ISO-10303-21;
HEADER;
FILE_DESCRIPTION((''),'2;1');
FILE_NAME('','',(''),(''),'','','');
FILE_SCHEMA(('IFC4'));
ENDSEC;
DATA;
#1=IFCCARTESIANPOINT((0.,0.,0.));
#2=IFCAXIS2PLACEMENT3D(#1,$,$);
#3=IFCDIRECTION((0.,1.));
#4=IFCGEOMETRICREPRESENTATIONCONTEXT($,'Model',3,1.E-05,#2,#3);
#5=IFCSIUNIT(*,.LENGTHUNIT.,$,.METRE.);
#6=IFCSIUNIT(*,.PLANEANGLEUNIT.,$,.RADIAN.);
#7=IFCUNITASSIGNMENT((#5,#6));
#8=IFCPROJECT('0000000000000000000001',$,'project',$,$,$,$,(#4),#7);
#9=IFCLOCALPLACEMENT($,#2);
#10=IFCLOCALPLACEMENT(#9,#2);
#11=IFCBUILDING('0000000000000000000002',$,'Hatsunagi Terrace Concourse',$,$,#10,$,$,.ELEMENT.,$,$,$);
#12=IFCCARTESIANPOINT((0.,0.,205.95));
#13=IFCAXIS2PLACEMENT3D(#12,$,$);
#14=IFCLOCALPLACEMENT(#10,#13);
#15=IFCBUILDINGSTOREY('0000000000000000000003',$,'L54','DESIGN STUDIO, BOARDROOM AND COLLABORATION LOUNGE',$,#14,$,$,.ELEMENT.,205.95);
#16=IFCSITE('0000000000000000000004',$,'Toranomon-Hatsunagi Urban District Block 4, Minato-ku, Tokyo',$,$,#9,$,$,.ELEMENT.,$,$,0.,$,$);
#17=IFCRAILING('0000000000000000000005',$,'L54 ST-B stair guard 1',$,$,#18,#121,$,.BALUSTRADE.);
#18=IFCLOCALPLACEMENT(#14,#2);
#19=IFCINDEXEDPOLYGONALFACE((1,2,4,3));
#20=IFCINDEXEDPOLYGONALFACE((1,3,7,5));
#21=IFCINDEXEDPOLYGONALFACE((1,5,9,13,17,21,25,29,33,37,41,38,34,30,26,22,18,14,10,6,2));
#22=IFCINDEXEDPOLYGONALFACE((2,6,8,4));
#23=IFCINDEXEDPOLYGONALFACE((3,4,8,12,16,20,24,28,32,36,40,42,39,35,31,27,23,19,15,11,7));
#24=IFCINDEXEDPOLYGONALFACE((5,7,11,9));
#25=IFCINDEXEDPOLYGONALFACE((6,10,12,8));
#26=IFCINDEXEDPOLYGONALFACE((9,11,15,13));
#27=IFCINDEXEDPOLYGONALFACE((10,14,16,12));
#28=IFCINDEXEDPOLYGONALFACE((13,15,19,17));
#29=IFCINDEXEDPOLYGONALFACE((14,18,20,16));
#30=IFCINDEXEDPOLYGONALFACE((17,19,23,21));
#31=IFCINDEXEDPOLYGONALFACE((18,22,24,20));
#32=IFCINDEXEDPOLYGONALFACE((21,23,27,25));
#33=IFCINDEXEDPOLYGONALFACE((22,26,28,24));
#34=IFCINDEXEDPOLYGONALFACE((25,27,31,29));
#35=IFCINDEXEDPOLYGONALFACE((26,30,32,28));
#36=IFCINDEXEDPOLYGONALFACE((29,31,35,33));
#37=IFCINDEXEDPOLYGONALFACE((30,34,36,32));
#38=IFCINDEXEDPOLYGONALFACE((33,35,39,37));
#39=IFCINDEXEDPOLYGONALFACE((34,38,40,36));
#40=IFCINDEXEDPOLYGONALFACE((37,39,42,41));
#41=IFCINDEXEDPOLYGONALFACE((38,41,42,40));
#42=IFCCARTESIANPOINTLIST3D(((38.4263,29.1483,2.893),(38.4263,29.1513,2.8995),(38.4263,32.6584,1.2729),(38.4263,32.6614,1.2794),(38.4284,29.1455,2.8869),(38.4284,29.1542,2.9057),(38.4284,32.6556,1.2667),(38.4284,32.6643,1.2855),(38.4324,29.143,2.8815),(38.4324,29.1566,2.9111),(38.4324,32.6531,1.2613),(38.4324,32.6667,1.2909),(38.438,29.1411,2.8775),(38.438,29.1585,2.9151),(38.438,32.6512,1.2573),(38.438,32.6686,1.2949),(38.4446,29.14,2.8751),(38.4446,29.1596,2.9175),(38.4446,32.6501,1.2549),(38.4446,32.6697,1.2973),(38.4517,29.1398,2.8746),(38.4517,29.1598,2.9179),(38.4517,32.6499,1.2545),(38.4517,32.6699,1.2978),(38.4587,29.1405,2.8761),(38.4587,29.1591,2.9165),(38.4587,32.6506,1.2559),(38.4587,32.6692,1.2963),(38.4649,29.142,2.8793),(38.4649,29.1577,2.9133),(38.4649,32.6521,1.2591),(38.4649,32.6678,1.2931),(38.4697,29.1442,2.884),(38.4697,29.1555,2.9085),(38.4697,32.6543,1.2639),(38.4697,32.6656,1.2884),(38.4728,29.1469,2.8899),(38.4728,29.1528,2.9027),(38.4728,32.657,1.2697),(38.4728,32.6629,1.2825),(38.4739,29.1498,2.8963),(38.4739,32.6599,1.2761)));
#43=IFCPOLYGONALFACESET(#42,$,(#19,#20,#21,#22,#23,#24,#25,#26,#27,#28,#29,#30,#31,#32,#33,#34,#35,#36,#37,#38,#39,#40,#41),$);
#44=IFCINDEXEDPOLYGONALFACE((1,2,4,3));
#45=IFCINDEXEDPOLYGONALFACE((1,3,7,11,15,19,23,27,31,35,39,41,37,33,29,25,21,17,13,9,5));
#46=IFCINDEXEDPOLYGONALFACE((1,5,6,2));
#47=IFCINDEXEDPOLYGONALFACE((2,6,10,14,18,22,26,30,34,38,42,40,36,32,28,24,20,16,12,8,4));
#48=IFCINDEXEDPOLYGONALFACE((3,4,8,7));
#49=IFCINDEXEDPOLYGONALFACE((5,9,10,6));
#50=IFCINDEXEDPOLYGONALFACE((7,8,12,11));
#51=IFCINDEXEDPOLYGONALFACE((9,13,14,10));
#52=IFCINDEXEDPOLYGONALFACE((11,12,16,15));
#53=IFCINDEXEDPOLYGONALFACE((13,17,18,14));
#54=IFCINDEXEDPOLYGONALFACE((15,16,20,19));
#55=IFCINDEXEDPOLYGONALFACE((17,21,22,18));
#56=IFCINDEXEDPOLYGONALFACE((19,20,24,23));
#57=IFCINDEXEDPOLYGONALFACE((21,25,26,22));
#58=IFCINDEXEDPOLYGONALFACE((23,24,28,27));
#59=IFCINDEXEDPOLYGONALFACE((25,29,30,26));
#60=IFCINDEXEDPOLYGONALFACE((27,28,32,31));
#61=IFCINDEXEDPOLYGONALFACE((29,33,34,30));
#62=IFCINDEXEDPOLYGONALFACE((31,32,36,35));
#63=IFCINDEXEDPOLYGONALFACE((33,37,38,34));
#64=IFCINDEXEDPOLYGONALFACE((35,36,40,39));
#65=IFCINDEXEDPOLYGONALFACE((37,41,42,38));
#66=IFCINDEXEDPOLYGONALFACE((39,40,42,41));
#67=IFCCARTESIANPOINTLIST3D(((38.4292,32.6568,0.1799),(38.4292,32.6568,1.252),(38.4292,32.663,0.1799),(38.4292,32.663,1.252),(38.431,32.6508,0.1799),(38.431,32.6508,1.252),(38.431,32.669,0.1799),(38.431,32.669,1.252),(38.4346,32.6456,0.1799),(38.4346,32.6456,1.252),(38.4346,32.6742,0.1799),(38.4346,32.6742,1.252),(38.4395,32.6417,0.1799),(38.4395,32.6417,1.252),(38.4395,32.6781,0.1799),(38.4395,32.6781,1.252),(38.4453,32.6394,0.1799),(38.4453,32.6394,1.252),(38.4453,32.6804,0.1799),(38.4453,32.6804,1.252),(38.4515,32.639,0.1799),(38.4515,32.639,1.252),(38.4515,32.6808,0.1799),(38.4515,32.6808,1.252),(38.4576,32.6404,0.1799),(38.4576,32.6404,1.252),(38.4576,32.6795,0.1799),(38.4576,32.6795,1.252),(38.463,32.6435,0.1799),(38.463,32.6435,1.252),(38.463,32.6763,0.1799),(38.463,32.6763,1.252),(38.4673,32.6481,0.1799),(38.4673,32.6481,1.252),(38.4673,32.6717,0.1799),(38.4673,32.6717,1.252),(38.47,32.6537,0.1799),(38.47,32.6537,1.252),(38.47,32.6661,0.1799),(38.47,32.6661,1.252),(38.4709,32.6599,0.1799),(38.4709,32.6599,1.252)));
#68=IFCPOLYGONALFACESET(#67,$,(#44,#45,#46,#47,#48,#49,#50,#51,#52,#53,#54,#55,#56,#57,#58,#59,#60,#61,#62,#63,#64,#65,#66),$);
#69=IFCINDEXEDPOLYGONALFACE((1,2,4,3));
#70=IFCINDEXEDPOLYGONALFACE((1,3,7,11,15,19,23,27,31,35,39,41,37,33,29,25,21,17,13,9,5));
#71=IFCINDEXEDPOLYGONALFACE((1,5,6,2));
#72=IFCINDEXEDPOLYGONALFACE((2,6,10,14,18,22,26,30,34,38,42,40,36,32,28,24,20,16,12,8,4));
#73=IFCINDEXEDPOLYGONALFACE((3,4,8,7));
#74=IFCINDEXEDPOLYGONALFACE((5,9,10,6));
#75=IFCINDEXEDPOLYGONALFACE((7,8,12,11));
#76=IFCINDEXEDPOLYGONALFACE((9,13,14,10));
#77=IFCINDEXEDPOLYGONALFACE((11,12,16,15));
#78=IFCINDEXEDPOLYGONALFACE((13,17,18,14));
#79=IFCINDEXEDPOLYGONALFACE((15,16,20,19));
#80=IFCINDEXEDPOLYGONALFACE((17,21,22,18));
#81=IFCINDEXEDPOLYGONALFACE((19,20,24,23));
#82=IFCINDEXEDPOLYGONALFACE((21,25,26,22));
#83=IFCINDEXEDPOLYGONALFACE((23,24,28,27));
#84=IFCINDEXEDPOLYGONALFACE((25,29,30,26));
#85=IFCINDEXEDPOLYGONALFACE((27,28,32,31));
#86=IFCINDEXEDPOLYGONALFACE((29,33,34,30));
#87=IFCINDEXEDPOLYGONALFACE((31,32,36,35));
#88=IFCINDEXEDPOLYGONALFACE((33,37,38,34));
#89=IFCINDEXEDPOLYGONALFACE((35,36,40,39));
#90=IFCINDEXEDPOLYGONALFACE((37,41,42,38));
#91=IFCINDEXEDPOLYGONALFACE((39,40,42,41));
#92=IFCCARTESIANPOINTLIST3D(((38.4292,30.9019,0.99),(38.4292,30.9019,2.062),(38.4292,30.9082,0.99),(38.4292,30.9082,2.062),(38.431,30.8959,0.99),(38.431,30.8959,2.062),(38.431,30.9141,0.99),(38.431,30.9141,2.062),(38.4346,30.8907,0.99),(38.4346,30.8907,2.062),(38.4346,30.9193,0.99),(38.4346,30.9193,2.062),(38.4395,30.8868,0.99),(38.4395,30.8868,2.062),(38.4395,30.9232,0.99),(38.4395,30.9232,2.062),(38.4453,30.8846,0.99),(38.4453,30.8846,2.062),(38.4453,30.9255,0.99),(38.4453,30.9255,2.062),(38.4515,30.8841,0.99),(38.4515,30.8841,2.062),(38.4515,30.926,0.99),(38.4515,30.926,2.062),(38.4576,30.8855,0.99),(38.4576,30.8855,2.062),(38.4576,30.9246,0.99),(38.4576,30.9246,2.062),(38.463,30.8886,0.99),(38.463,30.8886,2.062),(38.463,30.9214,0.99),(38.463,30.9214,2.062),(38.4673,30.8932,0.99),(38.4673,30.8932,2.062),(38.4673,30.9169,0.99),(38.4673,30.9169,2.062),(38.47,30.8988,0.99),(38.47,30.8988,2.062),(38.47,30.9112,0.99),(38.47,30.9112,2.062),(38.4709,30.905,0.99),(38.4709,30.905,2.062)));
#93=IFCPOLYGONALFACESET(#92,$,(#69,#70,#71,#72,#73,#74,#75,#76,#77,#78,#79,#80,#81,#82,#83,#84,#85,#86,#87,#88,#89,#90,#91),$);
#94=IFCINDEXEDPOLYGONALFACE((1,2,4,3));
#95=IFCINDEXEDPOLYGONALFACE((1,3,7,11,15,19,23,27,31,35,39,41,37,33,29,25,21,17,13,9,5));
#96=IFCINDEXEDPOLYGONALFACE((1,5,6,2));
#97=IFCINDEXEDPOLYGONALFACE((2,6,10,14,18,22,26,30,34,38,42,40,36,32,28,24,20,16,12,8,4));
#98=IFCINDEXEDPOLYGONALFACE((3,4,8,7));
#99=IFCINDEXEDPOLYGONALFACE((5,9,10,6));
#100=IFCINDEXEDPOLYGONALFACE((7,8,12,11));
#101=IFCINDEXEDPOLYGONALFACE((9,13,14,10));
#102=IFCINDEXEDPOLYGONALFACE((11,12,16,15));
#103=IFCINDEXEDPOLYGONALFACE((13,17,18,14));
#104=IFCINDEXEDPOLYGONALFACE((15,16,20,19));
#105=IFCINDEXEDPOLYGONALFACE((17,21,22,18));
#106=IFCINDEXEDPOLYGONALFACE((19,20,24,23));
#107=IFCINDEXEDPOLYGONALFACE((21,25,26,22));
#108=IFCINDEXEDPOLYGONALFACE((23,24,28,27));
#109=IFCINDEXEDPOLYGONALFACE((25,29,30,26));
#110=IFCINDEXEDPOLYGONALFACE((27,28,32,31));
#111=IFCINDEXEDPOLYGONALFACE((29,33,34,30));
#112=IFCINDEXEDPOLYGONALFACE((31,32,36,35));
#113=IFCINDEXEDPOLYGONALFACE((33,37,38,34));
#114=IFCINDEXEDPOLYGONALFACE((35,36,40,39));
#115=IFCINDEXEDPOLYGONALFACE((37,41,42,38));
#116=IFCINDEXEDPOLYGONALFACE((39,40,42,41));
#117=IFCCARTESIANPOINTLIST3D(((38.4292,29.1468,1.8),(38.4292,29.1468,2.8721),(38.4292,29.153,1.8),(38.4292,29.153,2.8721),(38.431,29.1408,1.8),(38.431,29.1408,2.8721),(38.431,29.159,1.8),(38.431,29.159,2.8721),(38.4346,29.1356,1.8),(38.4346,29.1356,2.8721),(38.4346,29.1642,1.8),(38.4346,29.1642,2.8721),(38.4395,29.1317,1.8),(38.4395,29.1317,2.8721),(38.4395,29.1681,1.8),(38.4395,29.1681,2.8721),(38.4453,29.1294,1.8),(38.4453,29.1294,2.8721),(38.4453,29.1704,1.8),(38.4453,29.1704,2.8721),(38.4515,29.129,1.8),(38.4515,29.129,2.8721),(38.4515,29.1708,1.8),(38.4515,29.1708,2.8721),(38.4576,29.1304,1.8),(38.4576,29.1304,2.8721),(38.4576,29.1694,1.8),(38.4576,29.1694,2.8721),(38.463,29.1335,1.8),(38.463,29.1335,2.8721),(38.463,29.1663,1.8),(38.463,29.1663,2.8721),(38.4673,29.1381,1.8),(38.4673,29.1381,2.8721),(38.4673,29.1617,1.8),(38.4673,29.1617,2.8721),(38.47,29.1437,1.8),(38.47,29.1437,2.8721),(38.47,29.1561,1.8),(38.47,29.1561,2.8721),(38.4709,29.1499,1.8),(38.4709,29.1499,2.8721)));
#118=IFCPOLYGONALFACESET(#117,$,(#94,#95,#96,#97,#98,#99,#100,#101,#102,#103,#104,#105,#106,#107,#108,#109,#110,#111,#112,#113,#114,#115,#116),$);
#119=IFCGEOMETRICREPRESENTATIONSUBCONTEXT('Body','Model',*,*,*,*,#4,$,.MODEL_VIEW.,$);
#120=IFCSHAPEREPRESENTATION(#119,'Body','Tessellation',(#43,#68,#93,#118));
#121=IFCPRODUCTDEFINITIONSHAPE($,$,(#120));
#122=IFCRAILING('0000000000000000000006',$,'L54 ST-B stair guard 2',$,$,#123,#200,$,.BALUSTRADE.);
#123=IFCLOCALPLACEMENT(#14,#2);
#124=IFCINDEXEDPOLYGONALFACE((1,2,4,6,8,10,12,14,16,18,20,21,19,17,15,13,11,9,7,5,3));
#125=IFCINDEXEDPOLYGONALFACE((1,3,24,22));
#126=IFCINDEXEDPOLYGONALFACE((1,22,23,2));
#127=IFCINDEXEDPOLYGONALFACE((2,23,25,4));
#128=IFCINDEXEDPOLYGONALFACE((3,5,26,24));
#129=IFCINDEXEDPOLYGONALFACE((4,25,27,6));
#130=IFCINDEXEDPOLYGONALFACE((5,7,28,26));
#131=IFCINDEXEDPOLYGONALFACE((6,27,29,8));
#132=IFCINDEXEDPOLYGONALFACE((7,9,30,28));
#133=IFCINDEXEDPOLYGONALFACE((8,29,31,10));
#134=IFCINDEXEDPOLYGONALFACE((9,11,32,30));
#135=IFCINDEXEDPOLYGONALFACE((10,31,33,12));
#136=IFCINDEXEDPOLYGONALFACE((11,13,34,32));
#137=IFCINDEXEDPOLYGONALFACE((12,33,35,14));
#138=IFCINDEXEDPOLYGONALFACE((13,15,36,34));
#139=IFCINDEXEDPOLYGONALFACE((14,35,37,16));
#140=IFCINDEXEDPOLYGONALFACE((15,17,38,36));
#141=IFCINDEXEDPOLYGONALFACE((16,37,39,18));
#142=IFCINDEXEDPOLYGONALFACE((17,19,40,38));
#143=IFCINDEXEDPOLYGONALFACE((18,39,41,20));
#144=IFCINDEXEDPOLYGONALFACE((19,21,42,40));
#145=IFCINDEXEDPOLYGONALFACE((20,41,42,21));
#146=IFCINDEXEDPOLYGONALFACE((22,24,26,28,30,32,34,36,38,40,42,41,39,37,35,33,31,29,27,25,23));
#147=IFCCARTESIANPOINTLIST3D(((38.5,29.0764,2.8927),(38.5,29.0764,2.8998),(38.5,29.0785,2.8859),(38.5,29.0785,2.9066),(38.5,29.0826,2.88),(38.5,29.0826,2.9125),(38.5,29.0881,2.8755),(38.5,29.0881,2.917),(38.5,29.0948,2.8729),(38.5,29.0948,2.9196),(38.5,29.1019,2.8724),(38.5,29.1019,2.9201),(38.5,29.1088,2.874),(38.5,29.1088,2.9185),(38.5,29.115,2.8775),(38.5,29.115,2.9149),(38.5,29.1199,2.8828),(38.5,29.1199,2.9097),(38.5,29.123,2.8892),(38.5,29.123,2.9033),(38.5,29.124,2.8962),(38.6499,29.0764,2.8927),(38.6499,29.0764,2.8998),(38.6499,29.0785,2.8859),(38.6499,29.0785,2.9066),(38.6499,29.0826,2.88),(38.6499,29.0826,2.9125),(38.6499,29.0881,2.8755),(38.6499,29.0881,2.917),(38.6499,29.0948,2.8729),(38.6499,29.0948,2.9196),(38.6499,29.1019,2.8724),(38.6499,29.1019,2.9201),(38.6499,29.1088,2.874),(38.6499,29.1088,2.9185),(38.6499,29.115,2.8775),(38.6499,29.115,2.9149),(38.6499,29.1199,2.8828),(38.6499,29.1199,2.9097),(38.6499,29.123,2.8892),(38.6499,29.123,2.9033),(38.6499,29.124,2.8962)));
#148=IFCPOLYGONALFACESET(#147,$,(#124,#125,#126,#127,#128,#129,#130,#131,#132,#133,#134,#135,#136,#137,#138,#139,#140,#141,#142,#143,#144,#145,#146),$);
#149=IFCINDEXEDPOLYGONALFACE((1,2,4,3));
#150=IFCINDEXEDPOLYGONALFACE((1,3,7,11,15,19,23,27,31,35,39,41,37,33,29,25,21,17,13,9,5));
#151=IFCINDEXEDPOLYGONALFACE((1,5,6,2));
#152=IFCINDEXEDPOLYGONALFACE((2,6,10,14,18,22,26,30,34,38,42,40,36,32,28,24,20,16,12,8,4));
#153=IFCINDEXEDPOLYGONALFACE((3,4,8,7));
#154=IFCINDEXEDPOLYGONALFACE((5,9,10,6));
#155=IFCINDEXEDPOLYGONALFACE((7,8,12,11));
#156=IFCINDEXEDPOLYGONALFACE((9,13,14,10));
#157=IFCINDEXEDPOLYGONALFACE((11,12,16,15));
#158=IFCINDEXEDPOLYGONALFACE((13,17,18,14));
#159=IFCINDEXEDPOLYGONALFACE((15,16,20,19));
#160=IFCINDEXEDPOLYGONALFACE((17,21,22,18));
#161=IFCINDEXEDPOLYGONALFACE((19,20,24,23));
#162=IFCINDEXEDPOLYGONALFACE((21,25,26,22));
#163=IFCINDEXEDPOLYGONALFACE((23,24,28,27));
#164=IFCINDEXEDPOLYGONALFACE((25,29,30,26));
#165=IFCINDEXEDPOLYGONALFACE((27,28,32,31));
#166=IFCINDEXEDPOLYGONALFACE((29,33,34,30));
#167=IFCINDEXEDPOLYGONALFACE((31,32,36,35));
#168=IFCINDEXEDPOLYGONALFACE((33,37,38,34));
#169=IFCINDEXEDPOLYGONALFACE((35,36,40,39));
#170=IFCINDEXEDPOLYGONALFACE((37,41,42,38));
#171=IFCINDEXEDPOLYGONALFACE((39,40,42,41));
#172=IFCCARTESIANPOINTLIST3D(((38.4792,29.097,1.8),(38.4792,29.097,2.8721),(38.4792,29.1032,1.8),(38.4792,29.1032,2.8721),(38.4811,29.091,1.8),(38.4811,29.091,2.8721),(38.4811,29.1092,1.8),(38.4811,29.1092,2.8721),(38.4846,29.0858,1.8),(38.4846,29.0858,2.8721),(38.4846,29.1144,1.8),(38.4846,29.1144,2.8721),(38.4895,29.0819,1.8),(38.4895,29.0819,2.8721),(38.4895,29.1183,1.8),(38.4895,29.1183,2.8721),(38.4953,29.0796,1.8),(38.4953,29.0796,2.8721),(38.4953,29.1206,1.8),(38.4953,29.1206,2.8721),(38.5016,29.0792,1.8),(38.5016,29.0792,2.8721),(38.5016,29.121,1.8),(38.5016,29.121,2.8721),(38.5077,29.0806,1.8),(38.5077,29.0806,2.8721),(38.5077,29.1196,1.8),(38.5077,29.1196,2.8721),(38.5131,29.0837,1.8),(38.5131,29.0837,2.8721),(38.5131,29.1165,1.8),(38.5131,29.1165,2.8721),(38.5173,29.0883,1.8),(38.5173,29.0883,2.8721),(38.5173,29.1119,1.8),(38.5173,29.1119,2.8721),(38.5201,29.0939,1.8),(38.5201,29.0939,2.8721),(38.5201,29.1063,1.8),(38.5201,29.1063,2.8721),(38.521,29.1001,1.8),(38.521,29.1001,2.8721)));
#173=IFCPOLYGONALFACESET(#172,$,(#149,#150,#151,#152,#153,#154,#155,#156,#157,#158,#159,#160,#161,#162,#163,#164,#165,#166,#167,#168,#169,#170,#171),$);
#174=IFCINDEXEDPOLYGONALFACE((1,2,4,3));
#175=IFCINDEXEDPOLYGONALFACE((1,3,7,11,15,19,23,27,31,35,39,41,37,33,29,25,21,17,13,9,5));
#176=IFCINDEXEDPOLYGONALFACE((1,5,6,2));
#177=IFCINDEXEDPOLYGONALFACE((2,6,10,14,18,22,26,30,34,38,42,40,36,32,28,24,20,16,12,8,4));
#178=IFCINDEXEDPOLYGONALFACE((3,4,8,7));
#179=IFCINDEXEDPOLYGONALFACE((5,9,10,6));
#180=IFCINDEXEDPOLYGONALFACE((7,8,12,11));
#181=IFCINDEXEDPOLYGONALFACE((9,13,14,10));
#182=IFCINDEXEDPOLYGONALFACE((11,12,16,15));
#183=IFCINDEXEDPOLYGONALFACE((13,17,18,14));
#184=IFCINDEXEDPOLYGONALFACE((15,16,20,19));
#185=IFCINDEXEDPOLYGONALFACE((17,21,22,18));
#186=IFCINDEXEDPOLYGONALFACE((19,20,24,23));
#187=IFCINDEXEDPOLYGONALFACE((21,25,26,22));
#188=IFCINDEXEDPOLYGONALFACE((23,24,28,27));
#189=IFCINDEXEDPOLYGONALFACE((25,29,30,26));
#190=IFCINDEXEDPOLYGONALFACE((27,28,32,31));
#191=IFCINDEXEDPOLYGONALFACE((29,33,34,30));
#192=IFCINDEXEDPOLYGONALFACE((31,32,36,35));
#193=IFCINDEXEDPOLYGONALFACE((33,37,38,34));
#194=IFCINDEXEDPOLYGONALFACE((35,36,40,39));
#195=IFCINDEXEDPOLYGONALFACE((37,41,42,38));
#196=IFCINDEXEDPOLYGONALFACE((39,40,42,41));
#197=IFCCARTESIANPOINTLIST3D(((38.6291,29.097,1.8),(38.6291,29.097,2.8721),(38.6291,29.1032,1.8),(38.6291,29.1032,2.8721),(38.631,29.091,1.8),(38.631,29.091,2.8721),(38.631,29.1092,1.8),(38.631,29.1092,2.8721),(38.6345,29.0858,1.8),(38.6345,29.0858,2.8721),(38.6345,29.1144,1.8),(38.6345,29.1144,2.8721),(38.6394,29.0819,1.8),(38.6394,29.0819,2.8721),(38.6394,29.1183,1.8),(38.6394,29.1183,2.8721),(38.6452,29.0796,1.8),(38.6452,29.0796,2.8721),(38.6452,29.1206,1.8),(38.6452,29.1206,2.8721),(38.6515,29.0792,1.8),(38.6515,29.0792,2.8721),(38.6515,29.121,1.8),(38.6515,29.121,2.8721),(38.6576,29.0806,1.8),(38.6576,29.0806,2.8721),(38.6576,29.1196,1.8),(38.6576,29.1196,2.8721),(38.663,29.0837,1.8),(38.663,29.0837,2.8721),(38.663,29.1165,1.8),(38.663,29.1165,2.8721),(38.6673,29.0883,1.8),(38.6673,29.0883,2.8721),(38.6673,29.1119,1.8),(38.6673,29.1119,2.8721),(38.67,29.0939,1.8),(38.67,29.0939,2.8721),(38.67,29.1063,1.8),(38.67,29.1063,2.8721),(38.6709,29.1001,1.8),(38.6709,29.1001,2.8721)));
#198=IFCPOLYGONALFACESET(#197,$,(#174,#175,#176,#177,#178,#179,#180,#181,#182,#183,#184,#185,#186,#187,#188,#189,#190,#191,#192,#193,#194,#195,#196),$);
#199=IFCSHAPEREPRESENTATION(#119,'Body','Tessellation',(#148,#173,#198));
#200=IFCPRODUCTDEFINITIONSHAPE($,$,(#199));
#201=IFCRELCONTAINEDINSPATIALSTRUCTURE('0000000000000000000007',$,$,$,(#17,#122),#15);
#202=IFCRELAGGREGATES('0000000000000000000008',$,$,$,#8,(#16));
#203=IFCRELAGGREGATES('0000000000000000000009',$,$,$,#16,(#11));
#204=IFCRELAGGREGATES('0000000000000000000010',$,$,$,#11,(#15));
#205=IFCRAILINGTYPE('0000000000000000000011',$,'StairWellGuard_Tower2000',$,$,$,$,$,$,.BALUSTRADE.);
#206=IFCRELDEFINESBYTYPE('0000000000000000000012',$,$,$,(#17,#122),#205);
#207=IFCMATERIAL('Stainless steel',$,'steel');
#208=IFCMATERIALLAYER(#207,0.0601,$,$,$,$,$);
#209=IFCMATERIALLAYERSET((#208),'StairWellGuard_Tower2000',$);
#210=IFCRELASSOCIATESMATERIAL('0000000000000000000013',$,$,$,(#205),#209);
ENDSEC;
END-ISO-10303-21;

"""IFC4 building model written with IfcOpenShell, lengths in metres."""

from ifc_helpers import new_model, si_unit, direction, frame, origin, origin_2d, place, context, subcontext, project, spatial, circle, extrude, material, layer, layer_set, type_object, element, save


model = new_model("IFC4")

# Units and contexts
model_context = context("Model", 3, precision=1e-05, world=origin(), true_north=direction((0.0, 1.0)))
body_context = subcontext(model_context, "Body", "Model", "MODEL_VIEW")
ifc_project = project(units=[si_unit("LENGTHUNIT", "METRE"), si_unit("PLANEANGLEUNIT", "RADIAN")], contexts=[model_context])

# Site, building, storey
site_placement = place(None, origin())
site = spatial("IfcSite", under=ifc_project, at=site_placement, Name="Toranomon-Hatsunagi Urban District Block 4, Minato-ku, Tokyo", CompositionType="ELEMENT", RefElevation=0.0)
building_placement = place(site_placement, origin())
building = spatial("IfcBuilding", under=site, at=building_placement, Name="Hatsunagi Terrace Concourse", CompositionType="ELEMENT")
storey_placement = place(building_placement, frame((0.0, 0.0, 205.95)))
storey = spatial("IfcBuildingStorey", under=building, at=storey_placement, Name="L54", Description="DESIGN STUDIO, BOARDROOM AND COLLABORATION LOUNGE", CompositionType="ELEMENT", Elevation=205.95)

# Railings
ifc_material_1 = material(Name="Stainless steel", Category="steel")
ifc_layer_1 = layer(ifc_material_1, 0.0601)
ifc_layer_set_1 = layer_set([ifc_layer_1], Name="StairWellGuard_Tower2000")
railing_type_1 = type_object("IfcRailingType", Name="StairWellGuard_Tower2000", PredefinedType="BALUSTRADE", material=ifc_layer_set_1)
railing_1_placement = place(storey_placement, frame((38.45, 32.6599, 0.1799)))
element("IfcRailing", 1, at=railing_1_placement, inside=storey, type_object=railing_type_1, Name="L54 ST-B stair guard 1", PredefinedType="BALUSTRADE", context=body_context, shape_type="SweptSolid", body=[
    extrude(circle(Radius=0.0239, at=origin_2d()), frame((0.0, 0.0, 1.0962), z_axis=(0.0, -0.907948, 0.419082), x_axis=(1.0, 0.0, 0.0)), (0.0, 0.0, 1.0), 3.866),
    extrude(circle(Radius=0.021, at=origin_2d()), origin(), (0.0, 0.0, 1.0), 1.072),
    extrude(circle(Radius=0.021, at=origin_2d()), frame((0.0, -1.7549, 0.8101)), (0.0, 0.0, 1.0), 1.072),
    extrude(circle(Radius=0.021, at=origin_2d()), frame((0.0, -3.51, 1.6201)), (0.0, 0.0, 1.0), 1.072),
])
railing_2_placement = place(storey_placement, frame((38.5, 29.1001, 1.8)))
element("IfcRailing", 2, at=railing_2_placement, inside=storey, type_object=railing_type_1, Name="L54 ST-B stair guard 2", PredefinedType="BALUSTRADE", context=body_context, shape_type="SweptSolid", body=[
    extrude(circle(Radius=0.0239, at=origin_2d()), frame((0.0, 0.0, 1.0962), z_axis=(1.0, 0.0, 0.0), x_axis=(0.0, 1.0, 0.0)), (0.0, 0.0, 1.0), 0.1499),
    extrude(circle(Radius=0.021, at=origin_2d()), origin(), (0.0, 0.0, 1.0), 1.072),
    extrude(circle(Radius=0.021, at=origin_2d()), frame((0.1499, 0.0, 0.0)), (0.0, 0.0, 1.0), 1.072),
])

save(model, "model.ifc")
